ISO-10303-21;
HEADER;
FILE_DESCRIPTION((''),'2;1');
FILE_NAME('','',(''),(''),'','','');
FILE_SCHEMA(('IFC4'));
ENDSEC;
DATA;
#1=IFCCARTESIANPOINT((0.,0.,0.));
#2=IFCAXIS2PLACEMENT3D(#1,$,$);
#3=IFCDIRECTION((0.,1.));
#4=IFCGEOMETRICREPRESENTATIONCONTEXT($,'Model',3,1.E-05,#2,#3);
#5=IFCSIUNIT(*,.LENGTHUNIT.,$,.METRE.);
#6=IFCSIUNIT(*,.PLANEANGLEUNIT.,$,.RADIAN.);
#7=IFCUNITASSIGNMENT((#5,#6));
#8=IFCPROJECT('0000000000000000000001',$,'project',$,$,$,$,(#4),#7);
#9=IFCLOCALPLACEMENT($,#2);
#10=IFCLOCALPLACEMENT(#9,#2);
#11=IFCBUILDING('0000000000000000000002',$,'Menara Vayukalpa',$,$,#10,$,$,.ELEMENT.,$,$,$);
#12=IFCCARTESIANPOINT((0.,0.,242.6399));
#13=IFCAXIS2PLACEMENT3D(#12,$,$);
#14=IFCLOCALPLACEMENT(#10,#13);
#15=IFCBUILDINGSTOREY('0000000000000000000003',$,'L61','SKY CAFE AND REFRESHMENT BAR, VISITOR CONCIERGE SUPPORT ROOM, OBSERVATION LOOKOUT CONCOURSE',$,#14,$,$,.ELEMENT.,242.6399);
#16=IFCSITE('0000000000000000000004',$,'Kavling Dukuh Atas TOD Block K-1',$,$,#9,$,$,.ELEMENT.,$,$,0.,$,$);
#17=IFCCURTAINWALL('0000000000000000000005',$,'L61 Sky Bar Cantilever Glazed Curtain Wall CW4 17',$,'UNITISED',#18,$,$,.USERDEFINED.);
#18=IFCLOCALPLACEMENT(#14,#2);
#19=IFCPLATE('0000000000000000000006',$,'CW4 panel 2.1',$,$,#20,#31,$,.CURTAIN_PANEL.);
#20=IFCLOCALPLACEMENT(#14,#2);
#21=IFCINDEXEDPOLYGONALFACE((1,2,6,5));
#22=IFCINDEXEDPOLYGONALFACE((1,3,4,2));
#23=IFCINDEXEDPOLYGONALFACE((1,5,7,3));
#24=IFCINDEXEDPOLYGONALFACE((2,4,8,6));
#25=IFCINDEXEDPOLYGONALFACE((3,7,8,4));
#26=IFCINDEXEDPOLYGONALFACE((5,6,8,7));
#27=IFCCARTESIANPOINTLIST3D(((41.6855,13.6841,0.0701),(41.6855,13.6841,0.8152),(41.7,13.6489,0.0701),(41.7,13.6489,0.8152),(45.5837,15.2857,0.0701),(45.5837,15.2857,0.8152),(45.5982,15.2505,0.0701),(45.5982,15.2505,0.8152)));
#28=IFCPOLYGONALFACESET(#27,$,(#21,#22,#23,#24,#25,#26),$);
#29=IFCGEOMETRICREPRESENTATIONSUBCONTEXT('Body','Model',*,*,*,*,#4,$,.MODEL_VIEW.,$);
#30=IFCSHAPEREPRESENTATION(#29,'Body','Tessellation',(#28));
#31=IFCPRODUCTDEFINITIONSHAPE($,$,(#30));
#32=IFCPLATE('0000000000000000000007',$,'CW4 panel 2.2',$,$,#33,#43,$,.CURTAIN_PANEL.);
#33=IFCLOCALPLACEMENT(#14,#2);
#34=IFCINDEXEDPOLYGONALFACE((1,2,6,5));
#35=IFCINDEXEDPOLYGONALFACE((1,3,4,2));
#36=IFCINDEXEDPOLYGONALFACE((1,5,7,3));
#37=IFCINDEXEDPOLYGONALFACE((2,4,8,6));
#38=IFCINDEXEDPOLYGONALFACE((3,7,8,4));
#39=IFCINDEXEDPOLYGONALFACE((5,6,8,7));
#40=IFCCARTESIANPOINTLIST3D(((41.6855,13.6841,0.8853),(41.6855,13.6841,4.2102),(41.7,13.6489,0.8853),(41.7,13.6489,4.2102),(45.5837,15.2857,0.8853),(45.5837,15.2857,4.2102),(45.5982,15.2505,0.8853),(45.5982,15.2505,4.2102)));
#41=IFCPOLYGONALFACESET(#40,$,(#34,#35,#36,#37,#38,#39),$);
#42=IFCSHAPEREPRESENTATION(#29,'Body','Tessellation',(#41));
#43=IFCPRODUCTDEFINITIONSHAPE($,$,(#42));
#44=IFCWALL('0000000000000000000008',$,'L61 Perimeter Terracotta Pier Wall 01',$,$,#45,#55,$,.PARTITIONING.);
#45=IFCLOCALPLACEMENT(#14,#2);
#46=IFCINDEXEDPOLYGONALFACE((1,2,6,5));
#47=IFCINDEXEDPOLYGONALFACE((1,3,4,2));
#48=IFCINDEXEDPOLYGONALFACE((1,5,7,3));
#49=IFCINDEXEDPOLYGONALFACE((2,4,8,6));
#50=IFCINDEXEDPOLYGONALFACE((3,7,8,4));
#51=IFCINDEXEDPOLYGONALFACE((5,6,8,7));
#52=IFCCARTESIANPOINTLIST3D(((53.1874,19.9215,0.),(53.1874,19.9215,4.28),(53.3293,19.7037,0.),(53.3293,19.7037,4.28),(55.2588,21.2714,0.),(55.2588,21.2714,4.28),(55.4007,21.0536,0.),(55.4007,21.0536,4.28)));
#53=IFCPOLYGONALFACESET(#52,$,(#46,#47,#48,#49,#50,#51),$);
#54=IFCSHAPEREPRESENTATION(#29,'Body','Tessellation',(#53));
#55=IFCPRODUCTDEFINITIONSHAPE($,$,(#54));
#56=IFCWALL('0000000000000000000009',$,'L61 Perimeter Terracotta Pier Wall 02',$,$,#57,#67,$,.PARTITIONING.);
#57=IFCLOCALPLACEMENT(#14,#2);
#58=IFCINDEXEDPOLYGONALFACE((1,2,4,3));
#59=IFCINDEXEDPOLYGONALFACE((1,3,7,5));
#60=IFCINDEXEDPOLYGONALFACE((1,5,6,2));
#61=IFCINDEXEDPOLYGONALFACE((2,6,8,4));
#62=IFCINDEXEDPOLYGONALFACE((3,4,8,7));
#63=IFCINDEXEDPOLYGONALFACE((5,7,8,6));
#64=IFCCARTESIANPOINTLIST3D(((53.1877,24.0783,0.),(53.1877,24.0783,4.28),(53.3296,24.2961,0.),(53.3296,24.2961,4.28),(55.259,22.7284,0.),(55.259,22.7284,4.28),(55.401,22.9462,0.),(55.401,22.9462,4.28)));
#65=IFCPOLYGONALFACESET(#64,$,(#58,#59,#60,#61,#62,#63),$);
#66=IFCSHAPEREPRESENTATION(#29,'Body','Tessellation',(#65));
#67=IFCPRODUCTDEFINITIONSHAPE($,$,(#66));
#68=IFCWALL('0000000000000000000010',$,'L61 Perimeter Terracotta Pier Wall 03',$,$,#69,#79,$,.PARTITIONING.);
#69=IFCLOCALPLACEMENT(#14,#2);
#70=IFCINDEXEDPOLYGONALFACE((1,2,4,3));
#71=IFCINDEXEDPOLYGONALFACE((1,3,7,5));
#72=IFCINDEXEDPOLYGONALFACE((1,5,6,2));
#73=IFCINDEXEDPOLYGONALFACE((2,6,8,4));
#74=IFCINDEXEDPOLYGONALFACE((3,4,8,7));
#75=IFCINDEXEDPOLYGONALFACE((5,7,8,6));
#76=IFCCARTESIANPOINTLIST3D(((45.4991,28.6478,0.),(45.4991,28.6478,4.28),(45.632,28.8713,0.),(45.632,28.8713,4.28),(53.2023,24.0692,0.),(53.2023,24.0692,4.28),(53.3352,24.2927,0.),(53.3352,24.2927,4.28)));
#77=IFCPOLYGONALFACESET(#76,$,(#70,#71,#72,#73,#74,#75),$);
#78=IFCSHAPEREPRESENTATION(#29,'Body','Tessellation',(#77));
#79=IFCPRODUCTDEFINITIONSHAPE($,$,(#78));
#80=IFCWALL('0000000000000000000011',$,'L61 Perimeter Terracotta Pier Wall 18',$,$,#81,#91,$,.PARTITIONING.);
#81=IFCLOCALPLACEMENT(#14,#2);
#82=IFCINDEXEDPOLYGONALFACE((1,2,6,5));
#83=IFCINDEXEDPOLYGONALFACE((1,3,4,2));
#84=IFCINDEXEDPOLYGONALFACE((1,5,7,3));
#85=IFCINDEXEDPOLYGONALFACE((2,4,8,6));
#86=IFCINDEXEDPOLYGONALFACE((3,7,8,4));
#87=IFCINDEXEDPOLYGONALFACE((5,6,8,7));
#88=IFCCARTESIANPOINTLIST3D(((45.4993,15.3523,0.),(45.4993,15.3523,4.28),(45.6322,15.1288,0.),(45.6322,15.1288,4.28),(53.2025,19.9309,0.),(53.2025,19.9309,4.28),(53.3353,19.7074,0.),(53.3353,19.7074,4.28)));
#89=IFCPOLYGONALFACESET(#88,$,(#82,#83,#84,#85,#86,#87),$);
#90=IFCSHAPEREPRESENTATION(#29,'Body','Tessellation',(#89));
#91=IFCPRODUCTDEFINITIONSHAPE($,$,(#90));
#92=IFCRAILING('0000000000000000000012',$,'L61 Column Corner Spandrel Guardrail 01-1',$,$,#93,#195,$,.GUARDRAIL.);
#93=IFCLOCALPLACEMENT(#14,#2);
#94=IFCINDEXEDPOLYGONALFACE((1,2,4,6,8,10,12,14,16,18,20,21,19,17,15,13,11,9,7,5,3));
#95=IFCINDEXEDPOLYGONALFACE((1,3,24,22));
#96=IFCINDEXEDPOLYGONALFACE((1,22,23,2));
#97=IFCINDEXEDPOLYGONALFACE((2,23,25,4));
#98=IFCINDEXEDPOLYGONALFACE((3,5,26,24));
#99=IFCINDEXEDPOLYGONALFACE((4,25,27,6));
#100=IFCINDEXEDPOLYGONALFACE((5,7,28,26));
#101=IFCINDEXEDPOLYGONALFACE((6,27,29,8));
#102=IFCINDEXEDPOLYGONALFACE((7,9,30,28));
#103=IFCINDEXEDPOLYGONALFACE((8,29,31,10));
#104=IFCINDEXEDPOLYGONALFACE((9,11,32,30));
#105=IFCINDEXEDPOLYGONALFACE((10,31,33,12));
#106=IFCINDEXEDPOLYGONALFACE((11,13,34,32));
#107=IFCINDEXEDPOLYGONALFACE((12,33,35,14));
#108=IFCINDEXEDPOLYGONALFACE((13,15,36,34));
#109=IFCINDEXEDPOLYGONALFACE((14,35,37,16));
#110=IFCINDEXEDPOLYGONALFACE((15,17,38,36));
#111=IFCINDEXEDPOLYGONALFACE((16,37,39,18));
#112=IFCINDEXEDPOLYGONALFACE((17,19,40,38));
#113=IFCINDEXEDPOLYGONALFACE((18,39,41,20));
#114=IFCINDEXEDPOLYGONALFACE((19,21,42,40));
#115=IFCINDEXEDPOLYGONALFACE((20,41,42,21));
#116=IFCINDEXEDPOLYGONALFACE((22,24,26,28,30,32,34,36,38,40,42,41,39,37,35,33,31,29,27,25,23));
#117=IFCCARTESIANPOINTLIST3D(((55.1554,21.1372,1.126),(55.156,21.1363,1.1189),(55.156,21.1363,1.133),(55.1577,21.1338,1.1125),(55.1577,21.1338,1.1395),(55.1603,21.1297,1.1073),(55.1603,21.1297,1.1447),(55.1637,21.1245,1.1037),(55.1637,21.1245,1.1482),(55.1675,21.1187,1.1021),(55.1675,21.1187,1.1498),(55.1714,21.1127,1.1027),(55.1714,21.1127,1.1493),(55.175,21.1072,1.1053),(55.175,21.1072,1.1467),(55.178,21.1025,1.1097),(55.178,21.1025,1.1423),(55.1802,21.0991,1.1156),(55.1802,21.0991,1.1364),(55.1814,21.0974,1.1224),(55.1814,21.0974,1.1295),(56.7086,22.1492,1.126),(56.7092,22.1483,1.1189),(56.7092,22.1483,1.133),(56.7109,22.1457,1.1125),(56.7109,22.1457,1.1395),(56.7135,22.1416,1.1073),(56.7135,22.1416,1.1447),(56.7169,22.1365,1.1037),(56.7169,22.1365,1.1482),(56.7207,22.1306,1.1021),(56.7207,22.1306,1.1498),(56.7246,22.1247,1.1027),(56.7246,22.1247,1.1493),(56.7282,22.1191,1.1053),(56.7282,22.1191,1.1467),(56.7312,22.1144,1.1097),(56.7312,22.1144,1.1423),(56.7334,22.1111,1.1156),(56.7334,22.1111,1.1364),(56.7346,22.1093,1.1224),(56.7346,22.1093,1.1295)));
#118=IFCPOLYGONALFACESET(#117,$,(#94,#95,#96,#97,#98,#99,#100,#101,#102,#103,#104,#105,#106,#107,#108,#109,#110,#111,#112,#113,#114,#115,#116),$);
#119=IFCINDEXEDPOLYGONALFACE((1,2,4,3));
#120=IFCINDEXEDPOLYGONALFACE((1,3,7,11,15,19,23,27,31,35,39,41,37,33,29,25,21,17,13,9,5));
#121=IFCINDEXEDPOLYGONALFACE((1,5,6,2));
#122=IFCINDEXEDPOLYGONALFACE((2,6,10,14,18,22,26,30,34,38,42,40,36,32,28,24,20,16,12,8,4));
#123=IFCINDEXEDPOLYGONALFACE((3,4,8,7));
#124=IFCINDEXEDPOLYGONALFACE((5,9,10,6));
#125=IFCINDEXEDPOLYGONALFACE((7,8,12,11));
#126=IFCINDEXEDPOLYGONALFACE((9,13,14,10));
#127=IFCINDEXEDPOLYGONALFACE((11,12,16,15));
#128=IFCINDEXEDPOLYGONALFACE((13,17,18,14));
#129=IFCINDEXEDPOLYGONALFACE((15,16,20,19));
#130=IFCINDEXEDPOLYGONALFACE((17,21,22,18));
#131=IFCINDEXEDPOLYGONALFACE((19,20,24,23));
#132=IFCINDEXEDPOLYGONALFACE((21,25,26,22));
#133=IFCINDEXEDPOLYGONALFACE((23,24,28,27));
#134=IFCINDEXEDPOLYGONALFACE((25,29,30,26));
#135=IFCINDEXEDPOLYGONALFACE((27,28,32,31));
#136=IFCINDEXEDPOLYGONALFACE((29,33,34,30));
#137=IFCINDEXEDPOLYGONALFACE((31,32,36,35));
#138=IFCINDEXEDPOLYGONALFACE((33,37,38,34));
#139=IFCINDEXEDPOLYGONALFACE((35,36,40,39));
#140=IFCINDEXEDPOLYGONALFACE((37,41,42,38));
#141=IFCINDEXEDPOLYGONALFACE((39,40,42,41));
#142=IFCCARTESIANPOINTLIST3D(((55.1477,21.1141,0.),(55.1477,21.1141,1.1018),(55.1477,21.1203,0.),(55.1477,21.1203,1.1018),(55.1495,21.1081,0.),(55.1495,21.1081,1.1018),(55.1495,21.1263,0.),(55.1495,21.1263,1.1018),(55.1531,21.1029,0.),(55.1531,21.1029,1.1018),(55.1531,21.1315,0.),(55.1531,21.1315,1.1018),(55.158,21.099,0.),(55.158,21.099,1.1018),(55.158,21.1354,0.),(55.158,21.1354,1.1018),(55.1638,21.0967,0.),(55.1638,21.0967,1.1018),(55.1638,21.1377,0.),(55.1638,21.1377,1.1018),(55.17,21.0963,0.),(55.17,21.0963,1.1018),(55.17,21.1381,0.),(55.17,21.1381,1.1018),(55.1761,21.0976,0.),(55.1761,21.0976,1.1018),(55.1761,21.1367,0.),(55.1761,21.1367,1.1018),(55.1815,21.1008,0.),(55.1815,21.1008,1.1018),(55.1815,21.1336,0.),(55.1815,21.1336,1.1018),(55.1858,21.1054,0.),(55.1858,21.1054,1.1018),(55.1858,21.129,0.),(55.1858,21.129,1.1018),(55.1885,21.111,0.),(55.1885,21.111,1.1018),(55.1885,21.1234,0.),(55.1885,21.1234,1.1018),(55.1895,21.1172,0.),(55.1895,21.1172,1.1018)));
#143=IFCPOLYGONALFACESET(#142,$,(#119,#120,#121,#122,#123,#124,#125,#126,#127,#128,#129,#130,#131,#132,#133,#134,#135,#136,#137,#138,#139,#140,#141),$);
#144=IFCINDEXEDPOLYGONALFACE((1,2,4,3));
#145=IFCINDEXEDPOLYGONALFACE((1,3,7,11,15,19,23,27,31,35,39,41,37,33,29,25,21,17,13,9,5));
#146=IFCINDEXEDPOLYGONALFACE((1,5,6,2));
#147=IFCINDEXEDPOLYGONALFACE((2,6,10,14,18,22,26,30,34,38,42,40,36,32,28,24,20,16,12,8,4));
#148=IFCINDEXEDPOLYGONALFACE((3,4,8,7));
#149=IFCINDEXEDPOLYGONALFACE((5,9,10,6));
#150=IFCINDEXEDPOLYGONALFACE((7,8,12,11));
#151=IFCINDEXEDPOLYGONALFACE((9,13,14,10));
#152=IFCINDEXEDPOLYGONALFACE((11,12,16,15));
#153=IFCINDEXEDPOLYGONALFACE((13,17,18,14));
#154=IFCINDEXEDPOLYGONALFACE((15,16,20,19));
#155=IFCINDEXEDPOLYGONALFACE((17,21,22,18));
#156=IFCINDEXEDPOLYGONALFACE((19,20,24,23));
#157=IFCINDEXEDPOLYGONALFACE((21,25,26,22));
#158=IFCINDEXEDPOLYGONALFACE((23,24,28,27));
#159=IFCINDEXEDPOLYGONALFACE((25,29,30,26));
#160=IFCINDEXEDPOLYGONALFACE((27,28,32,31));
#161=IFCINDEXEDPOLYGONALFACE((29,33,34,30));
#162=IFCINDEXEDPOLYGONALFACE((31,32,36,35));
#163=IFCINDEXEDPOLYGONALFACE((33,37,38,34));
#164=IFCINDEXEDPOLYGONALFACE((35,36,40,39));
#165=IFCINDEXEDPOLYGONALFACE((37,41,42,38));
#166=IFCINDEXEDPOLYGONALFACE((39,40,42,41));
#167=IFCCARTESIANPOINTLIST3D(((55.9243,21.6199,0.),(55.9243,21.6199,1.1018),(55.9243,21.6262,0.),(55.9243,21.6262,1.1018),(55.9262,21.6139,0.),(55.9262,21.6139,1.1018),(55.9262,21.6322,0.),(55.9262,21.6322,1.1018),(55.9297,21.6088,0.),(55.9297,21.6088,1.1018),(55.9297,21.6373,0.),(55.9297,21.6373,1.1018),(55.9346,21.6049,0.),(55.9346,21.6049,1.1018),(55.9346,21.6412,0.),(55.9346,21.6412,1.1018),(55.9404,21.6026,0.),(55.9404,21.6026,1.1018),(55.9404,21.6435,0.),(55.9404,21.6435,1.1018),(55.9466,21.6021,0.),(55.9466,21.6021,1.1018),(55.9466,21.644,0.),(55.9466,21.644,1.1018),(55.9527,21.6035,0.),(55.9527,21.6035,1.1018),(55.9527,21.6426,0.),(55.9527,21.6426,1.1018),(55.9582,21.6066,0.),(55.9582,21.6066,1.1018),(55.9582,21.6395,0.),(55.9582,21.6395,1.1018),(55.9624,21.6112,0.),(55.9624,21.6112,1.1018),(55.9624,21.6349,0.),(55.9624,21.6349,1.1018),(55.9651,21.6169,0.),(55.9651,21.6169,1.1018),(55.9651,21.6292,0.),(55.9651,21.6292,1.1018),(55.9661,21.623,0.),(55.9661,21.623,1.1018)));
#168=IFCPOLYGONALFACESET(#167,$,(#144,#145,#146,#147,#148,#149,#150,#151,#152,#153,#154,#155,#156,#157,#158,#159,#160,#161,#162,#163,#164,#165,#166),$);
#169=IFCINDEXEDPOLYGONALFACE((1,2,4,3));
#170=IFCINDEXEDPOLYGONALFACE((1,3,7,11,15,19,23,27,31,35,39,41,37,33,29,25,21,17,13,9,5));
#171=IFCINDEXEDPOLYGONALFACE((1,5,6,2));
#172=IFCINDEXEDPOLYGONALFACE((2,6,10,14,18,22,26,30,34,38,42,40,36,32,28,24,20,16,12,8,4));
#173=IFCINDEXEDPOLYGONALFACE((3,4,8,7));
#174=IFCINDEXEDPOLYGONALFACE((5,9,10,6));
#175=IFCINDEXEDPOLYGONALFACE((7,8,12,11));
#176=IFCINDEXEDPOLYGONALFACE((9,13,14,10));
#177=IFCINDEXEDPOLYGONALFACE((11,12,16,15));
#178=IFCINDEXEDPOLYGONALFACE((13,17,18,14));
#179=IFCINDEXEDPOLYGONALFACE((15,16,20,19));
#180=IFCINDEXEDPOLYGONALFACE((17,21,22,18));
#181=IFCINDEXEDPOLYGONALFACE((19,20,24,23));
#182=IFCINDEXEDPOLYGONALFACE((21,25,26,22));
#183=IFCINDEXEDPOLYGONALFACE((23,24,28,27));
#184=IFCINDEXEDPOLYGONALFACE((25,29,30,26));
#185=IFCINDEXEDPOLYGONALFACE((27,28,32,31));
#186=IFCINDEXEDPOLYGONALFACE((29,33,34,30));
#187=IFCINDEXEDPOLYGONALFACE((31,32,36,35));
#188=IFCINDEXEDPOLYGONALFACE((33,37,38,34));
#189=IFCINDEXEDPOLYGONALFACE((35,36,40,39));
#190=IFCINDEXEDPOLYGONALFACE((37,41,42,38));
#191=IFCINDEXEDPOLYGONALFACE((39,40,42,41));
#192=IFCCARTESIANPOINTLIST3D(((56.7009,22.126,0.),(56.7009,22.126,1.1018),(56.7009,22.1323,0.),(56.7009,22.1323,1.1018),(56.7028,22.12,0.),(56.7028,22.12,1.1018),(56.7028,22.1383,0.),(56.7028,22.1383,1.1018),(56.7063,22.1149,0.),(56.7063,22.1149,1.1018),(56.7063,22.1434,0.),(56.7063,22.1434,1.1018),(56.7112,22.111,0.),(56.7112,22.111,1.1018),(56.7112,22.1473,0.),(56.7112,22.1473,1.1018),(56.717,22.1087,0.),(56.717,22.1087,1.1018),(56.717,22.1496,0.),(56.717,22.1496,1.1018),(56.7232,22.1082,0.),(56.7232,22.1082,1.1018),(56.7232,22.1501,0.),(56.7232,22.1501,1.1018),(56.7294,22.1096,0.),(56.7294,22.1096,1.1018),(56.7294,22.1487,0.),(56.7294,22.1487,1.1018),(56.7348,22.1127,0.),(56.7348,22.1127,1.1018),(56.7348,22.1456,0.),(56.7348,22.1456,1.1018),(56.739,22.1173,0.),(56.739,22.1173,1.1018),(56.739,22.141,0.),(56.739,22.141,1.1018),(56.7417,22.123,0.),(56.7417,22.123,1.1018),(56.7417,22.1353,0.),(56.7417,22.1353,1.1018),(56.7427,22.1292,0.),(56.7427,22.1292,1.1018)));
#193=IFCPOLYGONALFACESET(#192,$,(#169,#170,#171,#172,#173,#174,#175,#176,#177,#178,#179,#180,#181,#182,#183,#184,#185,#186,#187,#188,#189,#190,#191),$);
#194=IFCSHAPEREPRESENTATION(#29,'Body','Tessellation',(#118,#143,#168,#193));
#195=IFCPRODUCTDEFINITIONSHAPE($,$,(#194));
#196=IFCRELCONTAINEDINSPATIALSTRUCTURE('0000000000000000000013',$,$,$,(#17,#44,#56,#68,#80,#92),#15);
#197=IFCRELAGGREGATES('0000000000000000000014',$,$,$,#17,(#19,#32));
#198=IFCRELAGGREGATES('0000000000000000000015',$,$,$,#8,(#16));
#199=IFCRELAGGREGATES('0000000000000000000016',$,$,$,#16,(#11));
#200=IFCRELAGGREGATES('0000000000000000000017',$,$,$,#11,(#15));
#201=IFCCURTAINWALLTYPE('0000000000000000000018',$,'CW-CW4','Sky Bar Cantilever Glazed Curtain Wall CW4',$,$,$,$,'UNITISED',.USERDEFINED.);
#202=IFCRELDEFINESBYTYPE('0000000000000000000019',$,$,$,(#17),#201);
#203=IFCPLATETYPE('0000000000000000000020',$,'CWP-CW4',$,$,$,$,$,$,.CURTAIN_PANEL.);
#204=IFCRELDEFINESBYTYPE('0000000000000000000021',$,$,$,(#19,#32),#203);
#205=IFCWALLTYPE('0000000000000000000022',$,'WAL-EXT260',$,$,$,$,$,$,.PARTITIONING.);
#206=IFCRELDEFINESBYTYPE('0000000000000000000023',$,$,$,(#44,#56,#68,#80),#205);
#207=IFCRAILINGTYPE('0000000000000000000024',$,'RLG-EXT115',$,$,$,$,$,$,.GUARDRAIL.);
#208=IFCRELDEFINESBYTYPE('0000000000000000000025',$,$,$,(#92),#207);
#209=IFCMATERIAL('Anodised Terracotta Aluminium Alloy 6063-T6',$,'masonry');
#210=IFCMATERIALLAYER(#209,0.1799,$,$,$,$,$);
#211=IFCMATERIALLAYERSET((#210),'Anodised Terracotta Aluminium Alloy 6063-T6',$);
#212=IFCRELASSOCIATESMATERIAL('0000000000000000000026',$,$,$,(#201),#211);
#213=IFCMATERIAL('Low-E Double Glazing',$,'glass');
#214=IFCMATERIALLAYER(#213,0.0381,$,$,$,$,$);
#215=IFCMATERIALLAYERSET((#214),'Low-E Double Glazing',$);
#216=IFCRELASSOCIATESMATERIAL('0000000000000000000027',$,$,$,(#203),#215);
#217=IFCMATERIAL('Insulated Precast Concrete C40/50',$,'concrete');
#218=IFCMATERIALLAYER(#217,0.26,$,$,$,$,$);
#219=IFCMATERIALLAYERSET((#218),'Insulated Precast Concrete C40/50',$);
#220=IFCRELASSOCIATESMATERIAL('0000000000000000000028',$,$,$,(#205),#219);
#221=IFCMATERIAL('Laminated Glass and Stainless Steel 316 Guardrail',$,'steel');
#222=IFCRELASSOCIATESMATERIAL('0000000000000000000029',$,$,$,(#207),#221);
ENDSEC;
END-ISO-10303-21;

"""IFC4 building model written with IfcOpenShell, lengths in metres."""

from ifc_helpers import new_model, si_unit, direction, frame, frame_2d, origin, origin_2d, place, context, subcontext, project, spatial, rectangle, circle, extrude, material, layer, layer_set, type_object, element, aggregate, save


model = new_model("IFC4")

# Units and contexts
model_context = context("Model", 3, precision=1e-05, world=origin(), true_north=direction((0.0, 1.0)))
body_context = subcontext(model_context, "Body", "Model", "MODEL_VIEW")
ifc_project = project(units=[si_unit("LENGTHUNIT", "METRE"), si_unit("PLANEANGLEUNIT", "RADIAN")], contexts=[model_context])

# Site, building, storey
site_placement = place(None, origin())
site = spatial("IfcSite", under=ifc_project, at=site_placement, Name="Kavling Dukuh Atas TOD Block K-1", CompositionType="ELEMENT", RefElevation=0.0)
building_placement = place(site_placement, origin())
building = spatial("IfcBuilding", under=site, at=building_placement, Name="Menara Vayukalpa", CompositionType="ELEMENT")
storey_placement = place(building_placement, frame((0.0, 0.0, 242.6399)))
storey = spatial("IfcBuildingStorey", under=building, at=storey_placement, Name="L61", Description="SKY CAFE AND REFRESHMENT BAR, VISITOR CONCIERGE SUPPORT ROOM, OBSERVATION LOOKOUT CONCOURSE", CompositionType="ELEMENT", Elevation=242.6399)

# Curtain wall
ifc_material_1 = material(Name="Anodised Terracotta Aluminium Alloy 6063-T6", Category="masonry")
ifc_layer_1 = layer(ifc_material_1, 0.1799)
ifc_layer_set_1 = layer_set([ifc_layer_1], Name="Anodised Terracotta Aluminium Alloy 6063-T6")
curtain_wall_type = type_object("IfcCurtainWallType", Name="CW-CW4", Description="Sky Bar Cantilever Glazed Curtain Wall CW4", ElementType="UNITISED", PredefinedType="USERDEFINED", material=ifc_layer_set_1)
curtain_wall_1_placement = place(storey_placement, origin())
curtain_wall_1 = element("IfcCurtainWall", 1, at=curtain_wall_1_placement, inside=storey, type_object=curtain_wall_type, Name="L61 Sky Bar Cantilever Glazed Curtain Wall CW4 17", ObjectType="UNITISED", PredefinedType="USERDEFINED")

# Plates
ifc_material_2 = material(Name="Low-E Double Glazing", Category="glass")
ifc_layer_2 = layer(ifc_material_2, 0.0381)
ifc_layer_set_2 = layer_set([ifc_layer_2], Name="Low-E Double Glazing")
plate_type = type_object("IfcPlateType", Name="CWP-CW4", PredefinedType="CURTAIN_PANEL", material=ifc_layer_set_2)
plate_1_placement = place(storey_placement, frame((43.6418, 14.4673, 0.0701), z_axis=(0.0, 0.0, 1.0), x_axis=(0.92497, 0.380039, 0.0)))
plate_1 = element("IfcPlate", 2, at=plate_1_placement, type_object=plate_type, Name="CW4 panel 2.1", PredefinedType="CURTAIN_PANEL", context=body_context, shape_type="SweptSolid", body=[
    extrude(rectangle(XDim=4.2144, YDim=0.0381, at=origin_2d()), origin(), (0.0, 0.0, 1.0), 0.7451),
])
plate_2_placement = place(storey_placement, frame((43.6418, 14.4673, 0.8853), z_axis=(0.0, 0.0, 1.0), x_axis=(0.92497, 0.380039, 0.0)))
plate_2 = element("IfcPlate", 3, at=plate_2_placement, type_object=plate_type, Name="CW4 panel 2.2", PredefinedType="CURTAIN_PANEL", context=body_context, shape_type="SweptSolid", body=[
    extrude(rectangle(XDim=4.2144, YDim=0.0381, at=origin_2d()), origin(), (0.0, 0.0, 1.0), 3.325),
])
aggregate(curtain_wall_1, [plate_1, plate_2])

# Walls
ifc_material_3 = material(Name="Insulated Precast Concrete C40/50", Category="concrete")
ifc_layer_3 = layer(ifc_material_3, 0.26)
ifc_layer_set_3 = layer_set([ifc_layer_3], Name="Insulated Precast Concrete C40/50")
wall_type = type_object("IfcWallType", Name="WAL-EXT260", PredefinedType="PARTITIONING", material=ifc_layer_set_3)
for number, where, z_axis, x_axis, name in (
    (4, (55.3298, 21.1626, 0.0), (0.0, 0.0, 1.0), (-0.837793, -0.545988, 0.0), "L61 Perimeter Terracotta Pier Wall 01"),
    (5, (53.2585, 24.1873, 0.0), (0.0, 0.0, 1.0), (0.837793, -0.545988, 0.0), "L61 Perimeter Terracotta Pier Wall 02"),
):
    element("IfcWall", number, at=place(storey_placement, frame(where, z_axis=z_axis, x_axis=x_axis)), inside=storey, type_object=wall_type, Name=name, PredefinedType="PARTITIONING", context=body_context, shape_type="SweptSolid", body=[
        extrude(rectangle(XDim=2.4724, YDim=0.26, at=frame_2d((1.2363, 0.0))), origin(), (0.0, 0.0, 1.0), 4.28),
    ])
for number, where, z_axis, x_axis, name in (
    (6, (45.5657, 28.7595, 0.0), (0.0, 0.0, 1.0), (0.859615, -0.510942, 0.0), "L61 Perimeter Terracotta Pier Wall 03"),
    (7, (53.2688, 19.8191, 0.0), (0.0, 0.0, 1.0), (-0.859615, -0.510942, 0.0), "L61 Perimeter Terracotta Pier Wall 18"),
):
    element("IfcWall", number, at=place(storey_placement, frame(where, z_axis=z_axis, x_axis=x_axis)), inside=storey, type_object=wall_type, Name=name, PredefinedType="PARTITIONING", context=body_context, shape_type="SweptSolid", body=[
        extrude(rectangle(XDim=8.9612, YDim=0.26, at=frame_2d((4.4805, 0.0))), origin(), (0.0, 0.0, 1.0), 4.28),
    ])

# Railing
ifc_material_4 = material(Name="Laminated Glass and Stainless Steel 316 Guardrail", Category="steel")
railing_type = type_object("IfcRailingType", Name="RLG-EXT115", PredefinedType="GUARDRAIL", material=ifc_material_4)
railing_1_placement = place(storey_placement, frame((55.1685, 21.1172, 0.0)))
element("IfcRailing", 8, at=railing_1_placement, inside=storey, type_object=railing_type, Name="L61 Column Corner Spandrel Guardrail 01-1", PredefinedType="GUARDRAIL", context=body_context, shape_type="SweptSolid", body=[
    extrude(circle(Radius=0.0239, at=origin_2d()), frame((0.0, 0.0, 1.126), z_axis=(0.837859, 0.545886, 0.0), x_axis=(-0.545886, 0.837859, 0.0)), (0.0, 0.0, 1.0), 1.8538),
    extrude(circle(Radius=0.021, at=origin_2d()), origin(), (0.0, 0.0, 1.0), 1.1018),
    extrude(circle(Radius=0.021, at=origin_2d()), frame((0.7766, 0.5059, 0.0)), (0.0, 0.0, 1.0), 1.1018),
    extrude(circle(Radius=0.021, at=origin_2d()), frame((1.5532, 1.012, 0.0)), (0.0, 0.0, 1.0), 1.1018),
])

save(model, "model.ifc")
